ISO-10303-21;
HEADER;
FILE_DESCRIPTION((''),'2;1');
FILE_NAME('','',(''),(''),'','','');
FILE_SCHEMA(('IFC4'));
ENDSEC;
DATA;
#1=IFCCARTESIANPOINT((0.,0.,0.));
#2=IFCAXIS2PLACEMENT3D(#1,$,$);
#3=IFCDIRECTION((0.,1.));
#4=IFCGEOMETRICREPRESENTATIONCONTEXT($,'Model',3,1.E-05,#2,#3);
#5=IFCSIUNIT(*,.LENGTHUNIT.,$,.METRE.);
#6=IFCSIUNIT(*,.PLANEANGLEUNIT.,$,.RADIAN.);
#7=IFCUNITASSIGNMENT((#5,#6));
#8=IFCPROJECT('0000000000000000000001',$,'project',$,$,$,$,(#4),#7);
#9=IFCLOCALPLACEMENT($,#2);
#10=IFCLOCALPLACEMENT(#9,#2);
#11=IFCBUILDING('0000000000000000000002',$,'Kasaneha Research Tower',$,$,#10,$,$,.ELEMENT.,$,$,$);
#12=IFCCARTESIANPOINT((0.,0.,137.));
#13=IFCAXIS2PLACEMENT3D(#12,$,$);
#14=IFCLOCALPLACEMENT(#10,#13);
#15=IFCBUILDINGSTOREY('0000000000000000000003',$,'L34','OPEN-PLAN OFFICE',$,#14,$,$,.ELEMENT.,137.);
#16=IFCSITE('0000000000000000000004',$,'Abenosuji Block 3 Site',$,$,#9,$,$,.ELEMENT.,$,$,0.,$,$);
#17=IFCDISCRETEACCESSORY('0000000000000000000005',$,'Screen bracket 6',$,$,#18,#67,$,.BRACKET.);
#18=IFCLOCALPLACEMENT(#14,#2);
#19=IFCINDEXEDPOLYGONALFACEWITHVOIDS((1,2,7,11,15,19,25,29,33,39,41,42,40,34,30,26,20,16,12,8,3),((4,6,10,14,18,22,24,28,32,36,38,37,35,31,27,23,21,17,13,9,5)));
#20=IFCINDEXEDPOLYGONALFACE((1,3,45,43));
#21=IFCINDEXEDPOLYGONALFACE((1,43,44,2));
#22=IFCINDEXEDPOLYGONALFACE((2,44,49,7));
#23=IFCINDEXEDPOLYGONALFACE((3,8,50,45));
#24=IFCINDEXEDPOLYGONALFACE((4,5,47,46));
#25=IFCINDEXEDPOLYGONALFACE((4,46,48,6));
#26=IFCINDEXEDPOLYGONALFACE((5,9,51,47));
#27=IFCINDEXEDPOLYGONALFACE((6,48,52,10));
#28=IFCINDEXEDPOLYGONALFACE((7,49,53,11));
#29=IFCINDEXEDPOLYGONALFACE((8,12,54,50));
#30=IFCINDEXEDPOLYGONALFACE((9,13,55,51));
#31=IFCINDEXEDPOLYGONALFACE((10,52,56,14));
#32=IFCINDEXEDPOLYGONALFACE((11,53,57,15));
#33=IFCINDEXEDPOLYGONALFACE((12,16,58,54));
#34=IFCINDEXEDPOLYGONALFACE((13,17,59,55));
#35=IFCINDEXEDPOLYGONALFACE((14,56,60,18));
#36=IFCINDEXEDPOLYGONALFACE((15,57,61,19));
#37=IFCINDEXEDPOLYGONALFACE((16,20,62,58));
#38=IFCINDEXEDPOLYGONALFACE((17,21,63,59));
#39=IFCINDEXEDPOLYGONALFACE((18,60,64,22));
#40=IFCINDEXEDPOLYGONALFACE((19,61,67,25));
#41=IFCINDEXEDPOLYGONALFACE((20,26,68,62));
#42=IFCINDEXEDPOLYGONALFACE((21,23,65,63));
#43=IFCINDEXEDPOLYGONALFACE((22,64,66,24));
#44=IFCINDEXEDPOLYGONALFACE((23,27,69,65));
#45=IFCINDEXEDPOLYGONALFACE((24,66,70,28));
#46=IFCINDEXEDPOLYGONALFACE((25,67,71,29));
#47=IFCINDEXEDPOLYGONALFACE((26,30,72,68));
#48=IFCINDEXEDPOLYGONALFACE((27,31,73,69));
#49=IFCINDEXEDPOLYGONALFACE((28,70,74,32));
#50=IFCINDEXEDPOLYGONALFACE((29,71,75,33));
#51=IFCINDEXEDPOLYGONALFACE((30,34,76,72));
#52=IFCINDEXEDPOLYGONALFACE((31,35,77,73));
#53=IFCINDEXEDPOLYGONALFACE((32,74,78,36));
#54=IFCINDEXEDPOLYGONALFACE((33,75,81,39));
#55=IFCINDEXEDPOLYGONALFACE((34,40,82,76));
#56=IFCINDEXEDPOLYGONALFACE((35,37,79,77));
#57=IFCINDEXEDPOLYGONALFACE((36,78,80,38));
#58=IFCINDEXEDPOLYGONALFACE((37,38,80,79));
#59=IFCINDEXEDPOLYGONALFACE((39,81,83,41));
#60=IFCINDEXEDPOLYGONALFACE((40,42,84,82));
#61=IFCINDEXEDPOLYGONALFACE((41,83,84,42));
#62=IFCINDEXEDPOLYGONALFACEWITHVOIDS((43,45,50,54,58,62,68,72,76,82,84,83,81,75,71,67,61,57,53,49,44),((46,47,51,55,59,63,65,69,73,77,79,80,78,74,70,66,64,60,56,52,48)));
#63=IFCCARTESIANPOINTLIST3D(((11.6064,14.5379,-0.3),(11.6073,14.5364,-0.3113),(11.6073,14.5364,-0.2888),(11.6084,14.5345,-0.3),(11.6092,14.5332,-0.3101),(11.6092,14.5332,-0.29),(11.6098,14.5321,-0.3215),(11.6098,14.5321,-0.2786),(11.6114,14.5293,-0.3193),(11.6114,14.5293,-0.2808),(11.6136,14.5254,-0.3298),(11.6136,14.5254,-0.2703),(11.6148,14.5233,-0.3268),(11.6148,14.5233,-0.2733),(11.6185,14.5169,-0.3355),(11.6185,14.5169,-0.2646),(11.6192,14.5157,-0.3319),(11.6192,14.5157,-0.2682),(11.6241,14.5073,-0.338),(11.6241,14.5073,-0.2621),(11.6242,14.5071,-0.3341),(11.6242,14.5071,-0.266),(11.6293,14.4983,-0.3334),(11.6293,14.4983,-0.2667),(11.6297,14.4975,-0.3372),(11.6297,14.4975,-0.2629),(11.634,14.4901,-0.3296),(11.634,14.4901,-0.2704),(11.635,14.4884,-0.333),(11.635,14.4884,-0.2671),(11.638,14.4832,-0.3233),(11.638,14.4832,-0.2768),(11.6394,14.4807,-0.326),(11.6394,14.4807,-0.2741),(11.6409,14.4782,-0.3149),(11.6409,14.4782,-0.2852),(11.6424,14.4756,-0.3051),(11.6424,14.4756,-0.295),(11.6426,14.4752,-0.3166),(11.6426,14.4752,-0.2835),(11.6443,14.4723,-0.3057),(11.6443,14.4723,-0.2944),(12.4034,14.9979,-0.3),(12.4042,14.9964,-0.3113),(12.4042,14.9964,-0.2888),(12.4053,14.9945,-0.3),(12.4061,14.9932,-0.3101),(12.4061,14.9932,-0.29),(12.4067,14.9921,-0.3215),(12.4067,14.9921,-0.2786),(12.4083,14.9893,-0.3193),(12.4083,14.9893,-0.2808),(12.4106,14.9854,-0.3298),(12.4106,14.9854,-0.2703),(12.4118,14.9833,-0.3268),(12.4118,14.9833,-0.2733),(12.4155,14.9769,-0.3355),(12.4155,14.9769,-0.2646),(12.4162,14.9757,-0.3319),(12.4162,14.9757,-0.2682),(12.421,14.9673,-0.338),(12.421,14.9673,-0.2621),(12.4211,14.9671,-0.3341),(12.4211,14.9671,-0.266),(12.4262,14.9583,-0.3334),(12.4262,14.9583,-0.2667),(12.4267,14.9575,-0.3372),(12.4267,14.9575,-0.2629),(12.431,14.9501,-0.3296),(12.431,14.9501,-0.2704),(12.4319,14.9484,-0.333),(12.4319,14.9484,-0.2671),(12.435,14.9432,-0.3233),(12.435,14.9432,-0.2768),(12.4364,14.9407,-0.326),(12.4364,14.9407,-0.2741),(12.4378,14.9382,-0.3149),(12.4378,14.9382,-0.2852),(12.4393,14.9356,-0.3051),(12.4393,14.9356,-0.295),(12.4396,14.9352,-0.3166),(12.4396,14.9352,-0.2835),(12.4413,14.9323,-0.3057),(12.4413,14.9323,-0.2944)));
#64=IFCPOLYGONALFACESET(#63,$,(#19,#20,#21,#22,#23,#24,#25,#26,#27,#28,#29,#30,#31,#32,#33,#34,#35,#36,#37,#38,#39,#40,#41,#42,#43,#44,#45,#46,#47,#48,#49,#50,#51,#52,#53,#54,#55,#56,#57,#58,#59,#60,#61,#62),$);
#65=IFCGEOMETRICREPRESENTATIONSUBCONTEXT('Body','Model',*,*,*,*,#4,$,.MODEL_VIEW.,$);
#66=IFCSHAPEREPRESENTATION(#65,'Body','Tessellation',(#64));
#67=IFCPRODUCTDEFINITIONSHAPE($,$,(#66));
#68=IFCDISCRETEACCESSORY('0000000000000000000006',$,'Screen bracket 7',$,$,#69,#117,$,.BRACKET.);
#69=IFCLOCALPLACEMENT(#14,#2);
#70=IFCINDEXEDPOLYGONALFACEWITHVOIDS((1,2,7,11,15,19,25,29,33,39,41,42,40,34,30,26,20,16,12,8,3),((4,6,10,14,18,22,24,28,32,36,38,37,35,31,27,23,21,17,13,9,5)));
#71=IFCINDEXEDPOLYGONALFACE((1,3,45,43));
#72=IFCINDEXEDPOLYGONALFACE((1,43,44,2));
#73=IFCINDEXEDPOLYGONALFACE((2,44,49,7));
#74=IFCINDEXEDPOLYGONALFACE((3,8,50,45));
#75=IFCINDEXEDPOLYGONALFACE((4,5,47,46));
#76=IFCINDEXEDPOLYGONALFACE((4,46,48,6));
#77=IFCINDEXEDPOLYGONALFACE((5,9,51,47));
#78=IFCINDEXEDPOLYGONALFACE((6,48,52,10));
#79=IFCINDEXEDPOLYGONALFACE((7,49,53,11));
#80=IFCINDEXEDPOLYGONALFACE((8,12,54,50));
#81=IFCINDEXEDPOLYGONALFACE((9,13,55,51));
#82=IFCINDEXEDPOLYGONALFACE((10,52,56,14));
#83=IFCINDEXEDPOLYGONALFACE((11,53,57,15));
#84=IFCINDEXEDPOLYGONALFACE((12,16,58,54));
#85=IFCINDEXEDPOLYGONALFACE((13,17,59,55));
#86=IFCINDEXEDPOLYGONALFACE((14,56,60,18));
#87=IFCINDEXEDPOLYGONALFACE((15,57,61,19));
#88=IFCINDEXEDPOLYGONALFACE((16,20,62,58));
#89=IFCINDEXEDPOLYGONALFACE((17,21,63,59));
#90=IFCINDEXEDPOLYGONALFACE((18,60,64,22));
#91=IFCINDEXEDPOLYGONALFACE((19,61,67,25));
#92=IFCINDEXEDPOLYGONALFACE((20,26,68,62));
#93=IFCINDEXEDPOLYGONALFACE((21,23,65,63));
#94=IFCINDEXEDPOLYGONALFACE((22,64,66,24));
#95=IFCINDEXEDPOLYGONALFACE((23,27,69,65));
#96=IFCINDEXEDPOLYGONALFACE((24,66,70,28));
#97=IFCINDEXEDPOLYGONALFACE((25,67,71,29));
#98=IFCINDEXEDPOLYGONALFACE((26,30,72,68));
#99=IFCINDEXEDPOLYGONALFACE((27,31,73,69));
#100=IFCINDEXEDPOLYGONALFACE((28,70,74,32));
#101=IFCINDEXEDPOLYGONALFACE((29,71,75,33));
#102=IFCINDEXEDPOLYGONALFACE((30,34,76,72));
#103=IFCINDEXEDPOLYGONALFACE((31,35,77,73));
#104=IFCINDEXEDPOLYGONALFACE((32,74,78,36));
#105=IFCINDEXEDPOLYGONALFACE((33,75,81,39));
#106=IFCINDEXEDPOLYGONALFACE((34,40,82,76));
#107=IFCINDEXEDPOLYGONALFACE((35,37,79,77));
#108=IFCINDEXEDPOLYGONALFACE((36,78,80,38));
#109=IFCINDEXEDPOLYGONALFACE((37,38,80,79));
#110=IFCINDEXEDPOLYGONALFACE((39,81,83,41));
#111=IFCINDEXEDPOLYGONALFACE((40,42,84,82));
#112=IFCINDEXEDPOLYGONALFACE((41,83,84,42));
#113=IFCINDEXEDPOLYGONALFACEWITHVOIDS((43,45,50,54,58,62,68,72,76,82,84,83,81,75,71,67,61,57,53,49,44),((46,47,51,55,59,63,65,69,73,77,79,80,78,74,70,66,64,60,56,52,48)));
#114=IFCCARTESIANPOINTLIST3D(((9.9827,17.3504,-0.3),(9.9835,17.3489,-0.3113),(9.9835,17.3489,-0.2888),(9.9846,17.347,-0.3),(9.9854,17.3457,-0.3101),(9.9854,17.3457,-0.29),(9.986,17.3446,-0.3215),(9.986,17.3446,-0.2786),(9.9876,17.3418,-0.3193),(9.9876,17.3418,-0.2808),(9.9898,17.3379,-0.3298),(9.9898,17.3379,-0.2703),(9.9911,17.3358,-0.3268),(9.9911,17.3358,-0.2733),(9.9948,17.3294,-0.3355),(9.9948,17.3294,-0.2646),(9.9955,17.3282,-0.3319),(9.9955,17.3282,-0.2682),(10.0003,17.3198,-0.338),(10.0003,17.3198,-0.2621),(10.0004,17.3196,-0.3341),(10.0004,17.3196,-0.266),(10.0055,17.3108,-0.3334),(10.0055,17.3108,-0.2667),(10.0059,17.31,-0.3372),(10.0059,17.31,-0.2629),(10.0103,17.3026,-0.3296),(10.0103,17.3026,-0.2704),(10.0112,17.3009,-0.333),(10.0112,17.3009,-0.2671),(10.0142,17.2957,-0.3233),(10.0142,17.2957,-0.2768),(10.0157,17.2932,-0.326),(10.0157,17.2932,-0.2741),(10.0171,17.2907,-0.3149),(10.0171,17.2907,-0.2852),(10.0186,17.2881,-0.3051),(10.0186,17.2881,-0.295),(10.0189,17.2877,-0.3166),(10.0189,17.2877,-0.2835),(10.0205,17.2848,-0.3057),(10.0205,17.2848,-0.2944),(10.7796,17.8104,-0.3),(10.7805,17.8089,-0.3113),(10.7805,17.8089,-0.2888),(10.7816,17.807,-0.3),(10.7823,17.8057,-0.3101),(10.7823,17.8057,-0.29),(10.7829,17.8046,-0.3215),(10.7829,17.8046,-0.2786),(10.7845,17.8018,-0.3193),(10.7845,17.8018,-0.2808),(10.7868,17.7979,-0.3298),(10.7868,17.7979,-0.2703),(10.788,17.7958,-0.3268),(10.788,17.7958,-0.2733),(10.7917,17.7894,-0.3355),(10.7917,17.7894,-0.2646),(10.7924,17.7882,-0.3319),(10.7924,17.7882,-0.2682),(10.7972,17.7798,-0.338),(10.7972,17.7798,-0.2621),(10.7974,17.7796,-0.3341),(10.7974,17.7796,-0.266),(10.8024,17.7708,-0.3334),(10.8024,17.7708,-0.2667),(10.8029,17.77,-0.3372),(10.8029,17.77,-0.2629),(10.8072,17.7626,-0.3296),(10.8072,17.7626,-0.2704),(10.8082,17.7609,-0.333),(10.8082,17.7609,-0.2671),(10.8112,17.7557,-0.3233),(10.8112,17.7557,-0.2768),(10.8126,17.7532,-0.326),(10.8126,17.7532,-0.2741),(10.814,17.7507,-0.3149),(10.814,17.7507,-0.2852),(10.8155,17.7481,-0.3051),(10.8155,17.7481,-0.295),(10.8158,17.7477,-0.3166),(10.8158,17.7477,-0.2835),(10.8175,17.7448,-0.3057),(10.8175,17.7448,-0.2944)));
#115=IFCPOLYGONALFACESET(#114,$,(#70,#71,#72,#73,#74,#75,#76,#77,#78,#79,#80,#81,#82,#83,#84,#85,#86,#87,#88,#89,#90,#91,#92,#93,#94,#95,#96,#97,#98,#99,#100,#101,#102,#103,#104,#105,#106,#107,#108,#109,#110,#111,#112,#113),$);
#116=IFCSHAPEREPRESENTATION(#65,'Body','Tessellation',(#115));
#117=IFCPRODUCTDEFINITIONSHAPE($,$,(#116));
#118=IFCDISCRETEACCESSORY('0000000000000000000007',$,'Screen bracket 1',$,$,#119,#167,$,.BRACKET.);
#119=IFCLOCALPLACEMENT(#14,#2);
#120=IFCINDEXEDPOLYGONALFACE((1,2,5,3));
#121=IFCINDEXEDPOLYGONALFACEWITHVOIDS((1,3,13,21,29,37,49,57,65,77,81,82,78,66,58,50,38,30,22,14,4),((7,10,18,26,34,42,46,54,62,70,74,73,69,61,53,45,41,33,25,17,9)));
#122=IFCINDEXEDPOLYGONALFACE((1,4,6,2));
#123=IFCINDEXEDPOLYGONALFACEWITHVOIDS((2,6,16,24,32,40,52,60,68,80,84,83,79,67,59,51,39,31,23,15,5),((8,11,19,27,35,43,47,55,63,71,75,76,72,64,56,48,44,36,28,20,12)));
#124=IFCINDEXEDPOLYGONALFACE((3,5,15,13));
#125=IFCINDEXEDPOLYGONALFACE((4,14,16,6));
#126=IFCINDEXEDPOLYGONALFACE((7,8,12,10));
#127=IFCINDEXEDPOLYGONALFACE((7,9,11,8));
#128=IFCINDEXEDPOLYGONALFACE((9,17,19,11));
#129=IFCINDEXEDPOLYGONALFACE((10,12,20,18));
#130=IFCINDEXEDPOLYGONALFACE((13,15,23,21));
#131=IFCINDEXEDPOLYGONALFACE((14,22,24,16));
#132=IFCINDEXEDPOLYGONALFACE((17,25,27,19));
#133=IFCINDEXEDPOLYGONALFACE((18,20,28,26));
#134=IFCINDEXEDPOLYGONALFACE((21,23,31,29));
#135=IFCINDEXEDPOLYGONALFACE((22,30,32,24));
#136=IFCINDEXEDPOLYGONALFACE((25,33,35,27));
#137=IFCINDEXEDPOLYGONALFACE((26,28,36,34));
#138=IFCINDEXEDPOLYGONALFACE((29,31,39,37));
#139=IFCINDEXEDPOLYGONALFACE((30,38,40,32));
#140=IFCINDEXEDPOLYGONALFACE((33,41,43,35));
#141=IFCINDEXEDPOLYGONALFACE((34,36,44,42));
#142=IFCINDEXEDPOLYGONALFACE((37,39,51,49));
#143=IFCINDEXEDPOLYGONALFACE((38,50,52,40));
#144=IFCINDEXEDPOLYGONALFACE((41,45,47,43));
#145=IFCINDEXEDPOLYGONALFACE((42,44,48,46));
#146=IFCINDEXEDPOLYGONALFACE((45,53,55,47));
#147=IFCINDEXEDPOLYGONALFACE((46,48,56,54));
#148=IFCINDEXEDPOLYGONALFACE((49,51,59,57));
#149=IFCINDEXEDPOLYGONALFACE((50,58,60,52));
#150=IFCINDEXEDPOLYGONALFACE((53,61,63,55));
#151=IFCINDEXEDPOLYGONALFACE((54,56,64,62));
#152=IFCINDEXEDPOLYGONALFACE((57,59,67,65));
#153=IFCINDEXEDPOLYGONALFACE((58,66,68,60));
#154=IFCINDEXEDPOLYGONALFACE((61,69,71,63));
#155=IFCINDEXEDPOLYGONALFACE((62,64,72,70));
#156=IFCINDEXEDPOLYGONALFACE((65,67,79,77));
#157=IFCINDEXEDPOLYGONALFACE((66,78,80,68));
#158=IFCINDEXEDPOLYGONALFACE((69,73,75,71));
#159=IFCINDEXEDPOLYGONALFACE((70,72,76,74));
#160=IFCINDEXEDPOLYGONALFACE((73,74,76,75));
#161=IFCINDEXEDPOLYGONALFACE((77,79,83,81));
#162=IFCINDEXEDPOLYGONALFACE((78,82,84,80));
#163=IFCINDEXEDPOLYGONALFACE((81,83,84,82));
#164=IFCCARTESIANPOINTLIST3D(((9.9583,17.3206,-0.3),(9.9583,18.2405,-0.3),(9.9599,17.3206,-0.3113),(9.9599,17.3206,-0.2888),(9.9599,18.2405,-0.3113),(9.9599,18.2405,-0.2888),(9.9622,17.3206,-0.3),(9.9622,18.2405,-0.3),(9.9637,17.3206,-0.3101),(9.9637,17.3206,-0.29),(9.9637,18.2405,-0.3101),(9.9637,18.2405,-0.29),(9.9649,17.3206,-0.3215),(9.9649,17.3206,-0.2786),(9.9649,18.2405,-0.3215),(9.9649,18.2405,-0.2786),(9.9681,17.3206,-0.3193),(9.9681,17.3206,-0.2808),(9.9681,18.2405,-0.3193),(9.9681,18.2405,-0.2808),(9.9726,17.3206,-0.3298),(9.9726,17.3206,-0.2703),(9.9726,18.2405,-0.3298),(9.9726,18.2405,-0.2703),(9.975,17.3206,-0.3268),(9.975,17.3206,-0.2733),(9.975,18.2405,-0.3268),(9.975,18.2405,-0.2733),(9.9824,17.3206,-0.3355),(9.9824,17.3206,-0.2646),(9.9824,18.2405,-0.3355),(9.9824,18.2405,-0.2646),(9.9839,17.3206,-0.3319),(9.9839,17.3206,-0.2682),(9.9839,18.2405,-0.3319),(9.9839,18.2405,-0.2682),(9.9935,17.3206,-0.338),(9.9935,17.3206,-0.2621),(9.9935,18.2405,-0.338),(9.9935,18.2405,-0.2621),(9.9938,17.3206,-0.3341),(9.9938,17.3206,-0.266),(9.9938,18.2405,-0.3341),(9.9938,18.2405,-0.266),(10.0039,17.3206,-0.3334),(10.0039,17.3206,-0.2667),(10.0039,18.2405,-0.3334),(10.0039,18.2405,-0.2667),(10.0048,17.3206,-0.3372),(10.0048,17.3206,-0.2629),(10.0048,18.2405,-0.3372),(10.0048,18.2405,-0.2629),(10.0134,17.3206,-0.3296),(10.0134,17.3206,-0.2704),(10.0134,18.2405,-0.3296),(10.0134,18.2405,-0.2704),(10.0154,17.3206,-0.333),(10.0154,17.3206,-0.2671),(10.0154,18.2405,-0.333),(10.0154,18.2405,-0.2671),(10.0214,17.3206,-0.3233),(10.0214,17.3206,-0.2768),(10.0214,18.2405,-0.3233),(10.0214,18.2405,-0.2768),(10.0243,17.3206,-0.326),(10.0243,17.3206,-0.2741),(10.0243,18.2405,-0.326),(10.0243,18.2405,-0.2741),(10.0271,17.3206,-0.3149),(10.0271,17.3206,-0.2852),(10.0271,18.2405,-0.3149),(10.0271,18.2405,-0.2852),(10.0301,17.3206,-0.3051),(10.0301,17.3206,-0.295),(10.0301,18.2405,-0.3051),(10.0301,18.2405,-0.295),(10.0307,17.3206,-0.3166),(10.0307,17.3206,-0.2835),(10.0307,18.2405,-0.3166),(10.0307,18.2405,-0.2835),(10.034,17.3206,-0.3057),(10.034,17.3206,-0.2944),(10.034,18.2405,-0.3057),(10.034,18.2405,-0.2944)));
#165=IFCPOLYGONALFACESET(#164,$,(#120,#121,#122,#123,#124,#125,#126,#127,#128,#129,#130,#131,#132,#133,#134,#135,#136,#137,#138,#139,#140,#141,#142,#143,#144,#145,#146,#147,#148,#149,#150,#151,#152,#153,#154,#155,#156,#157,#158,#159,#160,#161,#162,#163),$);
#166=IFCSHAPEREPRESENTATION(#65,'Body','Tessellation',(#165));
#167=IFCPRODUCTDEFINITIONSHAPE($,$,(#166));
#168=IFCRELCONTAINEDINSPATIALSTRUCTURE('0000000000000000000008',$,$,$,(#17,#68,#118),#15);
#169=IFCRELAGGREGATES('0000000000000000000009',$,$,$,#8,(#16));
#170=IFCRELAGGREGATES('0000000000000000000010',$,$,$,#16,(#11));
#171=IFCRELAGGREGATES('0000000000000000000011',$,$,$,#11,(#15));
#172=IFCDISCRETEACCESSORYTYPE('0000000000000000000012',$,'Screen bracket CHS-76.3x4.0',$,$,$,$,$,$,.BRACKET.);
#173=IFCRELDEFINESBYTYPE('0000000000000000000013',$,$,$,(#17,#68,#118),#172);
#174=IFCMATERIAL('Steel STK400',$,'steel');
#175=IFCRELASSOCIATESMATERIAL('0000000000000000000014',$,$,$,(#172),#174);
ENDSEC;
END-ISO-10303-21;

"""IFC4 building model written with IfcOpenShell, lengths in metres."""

from ifc_helpers import new_model, si_unit, direction, frame, origin, origin_2d, place, context, subcontext, project, spatial, hollow_circle, extrude, material, material_profile, profile_set, type_object, element, save


model = new_model("IFC4")

# Units and contexts
model_context = context("Model", 3, precision=1e-05, world=origin(), true_north=direction((0.0, 1.0)))
body_context = subcontext(model_context, "Body", "Model", "MODEL_VIEW")
ifc_project = project(units=[si_unit("LENGTHUNIT", "METRE"), si_unit("PLANEANGLEUNIT", "RADIAN")], contexts=[model_context])

# Site, building, storey
site_placement = place(None, origin())
site = spatial("IfcSite", under=ifc_project, at=site_placement, Name="Abenosuji Block 3 Site", CompositionType="ELEMENT", RefElevation=0.0)
building_placement = place(site_placement, origin())
building = spatial("IfcBuilding", under=site, at=building_placement, Name="Kasaneha Research Tower", CompositionType="ELEMENT")
storey_placement = place(building_placement, frame((0.0, 0.0, 137.0)))
storey = spatial("IfcBuildingStorey", under=building, at=storey_placement, Name="L34", Description="OPEN-PLAN OFFICE", CompositionType="ELEMENT", Elevation=137.0)

# Discrete accessories
ifc_material_1 = material(Name="Steel STK400", Category="steel")
ifc_material_profile_1 = material_profile(ifc_material_1, hollow_circle(Radius=0.0381, WallThickness=0.0039, at=origin_2d()), Name="CHS-76.3x4.0")
ifc_profile_set_1 = profile_set([ifc_material_profile_1], Name="Steel STK400")
discrete_accessory_type = type_object("IfcDiscreteAccessoryType", Name="Screen bracket CHS-76.3x4.0", PredefinedType="BRACKET", material=ifc_profile_set_1)
for number, where, z_axis, x_axis, name in (
    (1, (11.6255, 14.5049, -0.3), (0.86608, 0.499906, 0.0), (-0.499906, 0.86608, 0.0), "Screen bracket 6"),
    (2, (10.0017, 17.3174, -0.3), (0.86608, 0.499906, 0.0), (-0.499906, 0.86608, 0.0), "Screen bracket 7"),
):
    element("IfcDiscreteAccessory", number, at=place(storey_placement, frame(where, z_axis=z_axis, x_axis=x_axis)), inside=storey, type_object=discrete_accessory_type, Name=name, PredefinedType="BRACKET", context=body_context, shape_type="SweptSolid", body=[
        extrude(hollow_circle(Radius=0.0381, WallThickness=0.0039, at=origin_2d()), origin(), (0.0, 0.0, 1.0), 0.9202),
    ])
discrete_accessory_placement = place(storey_placement, frame((9.9963, 17.3206, -0.3), z_axis=(0.0, 1.0, 0.0), x_axis=(-1.0, 0.0, 0.0)))
element("IfcDiscreteAccessory", 3, at=discrete_accessory_placement, inside=storey, type_object=discrete_accessory_type, Name="Screen bracket 1", PredefinedType="BRACKET", context=body_context, shape_type="SweptSolid", body=[
    extrude(hollow_circle(Radius=0.0381, WallThickness=0.0039, at=origin_2d()), origin(), (0.0, 0.0, 1.0), 0.9199),
])

save(model, "model.ifc")
